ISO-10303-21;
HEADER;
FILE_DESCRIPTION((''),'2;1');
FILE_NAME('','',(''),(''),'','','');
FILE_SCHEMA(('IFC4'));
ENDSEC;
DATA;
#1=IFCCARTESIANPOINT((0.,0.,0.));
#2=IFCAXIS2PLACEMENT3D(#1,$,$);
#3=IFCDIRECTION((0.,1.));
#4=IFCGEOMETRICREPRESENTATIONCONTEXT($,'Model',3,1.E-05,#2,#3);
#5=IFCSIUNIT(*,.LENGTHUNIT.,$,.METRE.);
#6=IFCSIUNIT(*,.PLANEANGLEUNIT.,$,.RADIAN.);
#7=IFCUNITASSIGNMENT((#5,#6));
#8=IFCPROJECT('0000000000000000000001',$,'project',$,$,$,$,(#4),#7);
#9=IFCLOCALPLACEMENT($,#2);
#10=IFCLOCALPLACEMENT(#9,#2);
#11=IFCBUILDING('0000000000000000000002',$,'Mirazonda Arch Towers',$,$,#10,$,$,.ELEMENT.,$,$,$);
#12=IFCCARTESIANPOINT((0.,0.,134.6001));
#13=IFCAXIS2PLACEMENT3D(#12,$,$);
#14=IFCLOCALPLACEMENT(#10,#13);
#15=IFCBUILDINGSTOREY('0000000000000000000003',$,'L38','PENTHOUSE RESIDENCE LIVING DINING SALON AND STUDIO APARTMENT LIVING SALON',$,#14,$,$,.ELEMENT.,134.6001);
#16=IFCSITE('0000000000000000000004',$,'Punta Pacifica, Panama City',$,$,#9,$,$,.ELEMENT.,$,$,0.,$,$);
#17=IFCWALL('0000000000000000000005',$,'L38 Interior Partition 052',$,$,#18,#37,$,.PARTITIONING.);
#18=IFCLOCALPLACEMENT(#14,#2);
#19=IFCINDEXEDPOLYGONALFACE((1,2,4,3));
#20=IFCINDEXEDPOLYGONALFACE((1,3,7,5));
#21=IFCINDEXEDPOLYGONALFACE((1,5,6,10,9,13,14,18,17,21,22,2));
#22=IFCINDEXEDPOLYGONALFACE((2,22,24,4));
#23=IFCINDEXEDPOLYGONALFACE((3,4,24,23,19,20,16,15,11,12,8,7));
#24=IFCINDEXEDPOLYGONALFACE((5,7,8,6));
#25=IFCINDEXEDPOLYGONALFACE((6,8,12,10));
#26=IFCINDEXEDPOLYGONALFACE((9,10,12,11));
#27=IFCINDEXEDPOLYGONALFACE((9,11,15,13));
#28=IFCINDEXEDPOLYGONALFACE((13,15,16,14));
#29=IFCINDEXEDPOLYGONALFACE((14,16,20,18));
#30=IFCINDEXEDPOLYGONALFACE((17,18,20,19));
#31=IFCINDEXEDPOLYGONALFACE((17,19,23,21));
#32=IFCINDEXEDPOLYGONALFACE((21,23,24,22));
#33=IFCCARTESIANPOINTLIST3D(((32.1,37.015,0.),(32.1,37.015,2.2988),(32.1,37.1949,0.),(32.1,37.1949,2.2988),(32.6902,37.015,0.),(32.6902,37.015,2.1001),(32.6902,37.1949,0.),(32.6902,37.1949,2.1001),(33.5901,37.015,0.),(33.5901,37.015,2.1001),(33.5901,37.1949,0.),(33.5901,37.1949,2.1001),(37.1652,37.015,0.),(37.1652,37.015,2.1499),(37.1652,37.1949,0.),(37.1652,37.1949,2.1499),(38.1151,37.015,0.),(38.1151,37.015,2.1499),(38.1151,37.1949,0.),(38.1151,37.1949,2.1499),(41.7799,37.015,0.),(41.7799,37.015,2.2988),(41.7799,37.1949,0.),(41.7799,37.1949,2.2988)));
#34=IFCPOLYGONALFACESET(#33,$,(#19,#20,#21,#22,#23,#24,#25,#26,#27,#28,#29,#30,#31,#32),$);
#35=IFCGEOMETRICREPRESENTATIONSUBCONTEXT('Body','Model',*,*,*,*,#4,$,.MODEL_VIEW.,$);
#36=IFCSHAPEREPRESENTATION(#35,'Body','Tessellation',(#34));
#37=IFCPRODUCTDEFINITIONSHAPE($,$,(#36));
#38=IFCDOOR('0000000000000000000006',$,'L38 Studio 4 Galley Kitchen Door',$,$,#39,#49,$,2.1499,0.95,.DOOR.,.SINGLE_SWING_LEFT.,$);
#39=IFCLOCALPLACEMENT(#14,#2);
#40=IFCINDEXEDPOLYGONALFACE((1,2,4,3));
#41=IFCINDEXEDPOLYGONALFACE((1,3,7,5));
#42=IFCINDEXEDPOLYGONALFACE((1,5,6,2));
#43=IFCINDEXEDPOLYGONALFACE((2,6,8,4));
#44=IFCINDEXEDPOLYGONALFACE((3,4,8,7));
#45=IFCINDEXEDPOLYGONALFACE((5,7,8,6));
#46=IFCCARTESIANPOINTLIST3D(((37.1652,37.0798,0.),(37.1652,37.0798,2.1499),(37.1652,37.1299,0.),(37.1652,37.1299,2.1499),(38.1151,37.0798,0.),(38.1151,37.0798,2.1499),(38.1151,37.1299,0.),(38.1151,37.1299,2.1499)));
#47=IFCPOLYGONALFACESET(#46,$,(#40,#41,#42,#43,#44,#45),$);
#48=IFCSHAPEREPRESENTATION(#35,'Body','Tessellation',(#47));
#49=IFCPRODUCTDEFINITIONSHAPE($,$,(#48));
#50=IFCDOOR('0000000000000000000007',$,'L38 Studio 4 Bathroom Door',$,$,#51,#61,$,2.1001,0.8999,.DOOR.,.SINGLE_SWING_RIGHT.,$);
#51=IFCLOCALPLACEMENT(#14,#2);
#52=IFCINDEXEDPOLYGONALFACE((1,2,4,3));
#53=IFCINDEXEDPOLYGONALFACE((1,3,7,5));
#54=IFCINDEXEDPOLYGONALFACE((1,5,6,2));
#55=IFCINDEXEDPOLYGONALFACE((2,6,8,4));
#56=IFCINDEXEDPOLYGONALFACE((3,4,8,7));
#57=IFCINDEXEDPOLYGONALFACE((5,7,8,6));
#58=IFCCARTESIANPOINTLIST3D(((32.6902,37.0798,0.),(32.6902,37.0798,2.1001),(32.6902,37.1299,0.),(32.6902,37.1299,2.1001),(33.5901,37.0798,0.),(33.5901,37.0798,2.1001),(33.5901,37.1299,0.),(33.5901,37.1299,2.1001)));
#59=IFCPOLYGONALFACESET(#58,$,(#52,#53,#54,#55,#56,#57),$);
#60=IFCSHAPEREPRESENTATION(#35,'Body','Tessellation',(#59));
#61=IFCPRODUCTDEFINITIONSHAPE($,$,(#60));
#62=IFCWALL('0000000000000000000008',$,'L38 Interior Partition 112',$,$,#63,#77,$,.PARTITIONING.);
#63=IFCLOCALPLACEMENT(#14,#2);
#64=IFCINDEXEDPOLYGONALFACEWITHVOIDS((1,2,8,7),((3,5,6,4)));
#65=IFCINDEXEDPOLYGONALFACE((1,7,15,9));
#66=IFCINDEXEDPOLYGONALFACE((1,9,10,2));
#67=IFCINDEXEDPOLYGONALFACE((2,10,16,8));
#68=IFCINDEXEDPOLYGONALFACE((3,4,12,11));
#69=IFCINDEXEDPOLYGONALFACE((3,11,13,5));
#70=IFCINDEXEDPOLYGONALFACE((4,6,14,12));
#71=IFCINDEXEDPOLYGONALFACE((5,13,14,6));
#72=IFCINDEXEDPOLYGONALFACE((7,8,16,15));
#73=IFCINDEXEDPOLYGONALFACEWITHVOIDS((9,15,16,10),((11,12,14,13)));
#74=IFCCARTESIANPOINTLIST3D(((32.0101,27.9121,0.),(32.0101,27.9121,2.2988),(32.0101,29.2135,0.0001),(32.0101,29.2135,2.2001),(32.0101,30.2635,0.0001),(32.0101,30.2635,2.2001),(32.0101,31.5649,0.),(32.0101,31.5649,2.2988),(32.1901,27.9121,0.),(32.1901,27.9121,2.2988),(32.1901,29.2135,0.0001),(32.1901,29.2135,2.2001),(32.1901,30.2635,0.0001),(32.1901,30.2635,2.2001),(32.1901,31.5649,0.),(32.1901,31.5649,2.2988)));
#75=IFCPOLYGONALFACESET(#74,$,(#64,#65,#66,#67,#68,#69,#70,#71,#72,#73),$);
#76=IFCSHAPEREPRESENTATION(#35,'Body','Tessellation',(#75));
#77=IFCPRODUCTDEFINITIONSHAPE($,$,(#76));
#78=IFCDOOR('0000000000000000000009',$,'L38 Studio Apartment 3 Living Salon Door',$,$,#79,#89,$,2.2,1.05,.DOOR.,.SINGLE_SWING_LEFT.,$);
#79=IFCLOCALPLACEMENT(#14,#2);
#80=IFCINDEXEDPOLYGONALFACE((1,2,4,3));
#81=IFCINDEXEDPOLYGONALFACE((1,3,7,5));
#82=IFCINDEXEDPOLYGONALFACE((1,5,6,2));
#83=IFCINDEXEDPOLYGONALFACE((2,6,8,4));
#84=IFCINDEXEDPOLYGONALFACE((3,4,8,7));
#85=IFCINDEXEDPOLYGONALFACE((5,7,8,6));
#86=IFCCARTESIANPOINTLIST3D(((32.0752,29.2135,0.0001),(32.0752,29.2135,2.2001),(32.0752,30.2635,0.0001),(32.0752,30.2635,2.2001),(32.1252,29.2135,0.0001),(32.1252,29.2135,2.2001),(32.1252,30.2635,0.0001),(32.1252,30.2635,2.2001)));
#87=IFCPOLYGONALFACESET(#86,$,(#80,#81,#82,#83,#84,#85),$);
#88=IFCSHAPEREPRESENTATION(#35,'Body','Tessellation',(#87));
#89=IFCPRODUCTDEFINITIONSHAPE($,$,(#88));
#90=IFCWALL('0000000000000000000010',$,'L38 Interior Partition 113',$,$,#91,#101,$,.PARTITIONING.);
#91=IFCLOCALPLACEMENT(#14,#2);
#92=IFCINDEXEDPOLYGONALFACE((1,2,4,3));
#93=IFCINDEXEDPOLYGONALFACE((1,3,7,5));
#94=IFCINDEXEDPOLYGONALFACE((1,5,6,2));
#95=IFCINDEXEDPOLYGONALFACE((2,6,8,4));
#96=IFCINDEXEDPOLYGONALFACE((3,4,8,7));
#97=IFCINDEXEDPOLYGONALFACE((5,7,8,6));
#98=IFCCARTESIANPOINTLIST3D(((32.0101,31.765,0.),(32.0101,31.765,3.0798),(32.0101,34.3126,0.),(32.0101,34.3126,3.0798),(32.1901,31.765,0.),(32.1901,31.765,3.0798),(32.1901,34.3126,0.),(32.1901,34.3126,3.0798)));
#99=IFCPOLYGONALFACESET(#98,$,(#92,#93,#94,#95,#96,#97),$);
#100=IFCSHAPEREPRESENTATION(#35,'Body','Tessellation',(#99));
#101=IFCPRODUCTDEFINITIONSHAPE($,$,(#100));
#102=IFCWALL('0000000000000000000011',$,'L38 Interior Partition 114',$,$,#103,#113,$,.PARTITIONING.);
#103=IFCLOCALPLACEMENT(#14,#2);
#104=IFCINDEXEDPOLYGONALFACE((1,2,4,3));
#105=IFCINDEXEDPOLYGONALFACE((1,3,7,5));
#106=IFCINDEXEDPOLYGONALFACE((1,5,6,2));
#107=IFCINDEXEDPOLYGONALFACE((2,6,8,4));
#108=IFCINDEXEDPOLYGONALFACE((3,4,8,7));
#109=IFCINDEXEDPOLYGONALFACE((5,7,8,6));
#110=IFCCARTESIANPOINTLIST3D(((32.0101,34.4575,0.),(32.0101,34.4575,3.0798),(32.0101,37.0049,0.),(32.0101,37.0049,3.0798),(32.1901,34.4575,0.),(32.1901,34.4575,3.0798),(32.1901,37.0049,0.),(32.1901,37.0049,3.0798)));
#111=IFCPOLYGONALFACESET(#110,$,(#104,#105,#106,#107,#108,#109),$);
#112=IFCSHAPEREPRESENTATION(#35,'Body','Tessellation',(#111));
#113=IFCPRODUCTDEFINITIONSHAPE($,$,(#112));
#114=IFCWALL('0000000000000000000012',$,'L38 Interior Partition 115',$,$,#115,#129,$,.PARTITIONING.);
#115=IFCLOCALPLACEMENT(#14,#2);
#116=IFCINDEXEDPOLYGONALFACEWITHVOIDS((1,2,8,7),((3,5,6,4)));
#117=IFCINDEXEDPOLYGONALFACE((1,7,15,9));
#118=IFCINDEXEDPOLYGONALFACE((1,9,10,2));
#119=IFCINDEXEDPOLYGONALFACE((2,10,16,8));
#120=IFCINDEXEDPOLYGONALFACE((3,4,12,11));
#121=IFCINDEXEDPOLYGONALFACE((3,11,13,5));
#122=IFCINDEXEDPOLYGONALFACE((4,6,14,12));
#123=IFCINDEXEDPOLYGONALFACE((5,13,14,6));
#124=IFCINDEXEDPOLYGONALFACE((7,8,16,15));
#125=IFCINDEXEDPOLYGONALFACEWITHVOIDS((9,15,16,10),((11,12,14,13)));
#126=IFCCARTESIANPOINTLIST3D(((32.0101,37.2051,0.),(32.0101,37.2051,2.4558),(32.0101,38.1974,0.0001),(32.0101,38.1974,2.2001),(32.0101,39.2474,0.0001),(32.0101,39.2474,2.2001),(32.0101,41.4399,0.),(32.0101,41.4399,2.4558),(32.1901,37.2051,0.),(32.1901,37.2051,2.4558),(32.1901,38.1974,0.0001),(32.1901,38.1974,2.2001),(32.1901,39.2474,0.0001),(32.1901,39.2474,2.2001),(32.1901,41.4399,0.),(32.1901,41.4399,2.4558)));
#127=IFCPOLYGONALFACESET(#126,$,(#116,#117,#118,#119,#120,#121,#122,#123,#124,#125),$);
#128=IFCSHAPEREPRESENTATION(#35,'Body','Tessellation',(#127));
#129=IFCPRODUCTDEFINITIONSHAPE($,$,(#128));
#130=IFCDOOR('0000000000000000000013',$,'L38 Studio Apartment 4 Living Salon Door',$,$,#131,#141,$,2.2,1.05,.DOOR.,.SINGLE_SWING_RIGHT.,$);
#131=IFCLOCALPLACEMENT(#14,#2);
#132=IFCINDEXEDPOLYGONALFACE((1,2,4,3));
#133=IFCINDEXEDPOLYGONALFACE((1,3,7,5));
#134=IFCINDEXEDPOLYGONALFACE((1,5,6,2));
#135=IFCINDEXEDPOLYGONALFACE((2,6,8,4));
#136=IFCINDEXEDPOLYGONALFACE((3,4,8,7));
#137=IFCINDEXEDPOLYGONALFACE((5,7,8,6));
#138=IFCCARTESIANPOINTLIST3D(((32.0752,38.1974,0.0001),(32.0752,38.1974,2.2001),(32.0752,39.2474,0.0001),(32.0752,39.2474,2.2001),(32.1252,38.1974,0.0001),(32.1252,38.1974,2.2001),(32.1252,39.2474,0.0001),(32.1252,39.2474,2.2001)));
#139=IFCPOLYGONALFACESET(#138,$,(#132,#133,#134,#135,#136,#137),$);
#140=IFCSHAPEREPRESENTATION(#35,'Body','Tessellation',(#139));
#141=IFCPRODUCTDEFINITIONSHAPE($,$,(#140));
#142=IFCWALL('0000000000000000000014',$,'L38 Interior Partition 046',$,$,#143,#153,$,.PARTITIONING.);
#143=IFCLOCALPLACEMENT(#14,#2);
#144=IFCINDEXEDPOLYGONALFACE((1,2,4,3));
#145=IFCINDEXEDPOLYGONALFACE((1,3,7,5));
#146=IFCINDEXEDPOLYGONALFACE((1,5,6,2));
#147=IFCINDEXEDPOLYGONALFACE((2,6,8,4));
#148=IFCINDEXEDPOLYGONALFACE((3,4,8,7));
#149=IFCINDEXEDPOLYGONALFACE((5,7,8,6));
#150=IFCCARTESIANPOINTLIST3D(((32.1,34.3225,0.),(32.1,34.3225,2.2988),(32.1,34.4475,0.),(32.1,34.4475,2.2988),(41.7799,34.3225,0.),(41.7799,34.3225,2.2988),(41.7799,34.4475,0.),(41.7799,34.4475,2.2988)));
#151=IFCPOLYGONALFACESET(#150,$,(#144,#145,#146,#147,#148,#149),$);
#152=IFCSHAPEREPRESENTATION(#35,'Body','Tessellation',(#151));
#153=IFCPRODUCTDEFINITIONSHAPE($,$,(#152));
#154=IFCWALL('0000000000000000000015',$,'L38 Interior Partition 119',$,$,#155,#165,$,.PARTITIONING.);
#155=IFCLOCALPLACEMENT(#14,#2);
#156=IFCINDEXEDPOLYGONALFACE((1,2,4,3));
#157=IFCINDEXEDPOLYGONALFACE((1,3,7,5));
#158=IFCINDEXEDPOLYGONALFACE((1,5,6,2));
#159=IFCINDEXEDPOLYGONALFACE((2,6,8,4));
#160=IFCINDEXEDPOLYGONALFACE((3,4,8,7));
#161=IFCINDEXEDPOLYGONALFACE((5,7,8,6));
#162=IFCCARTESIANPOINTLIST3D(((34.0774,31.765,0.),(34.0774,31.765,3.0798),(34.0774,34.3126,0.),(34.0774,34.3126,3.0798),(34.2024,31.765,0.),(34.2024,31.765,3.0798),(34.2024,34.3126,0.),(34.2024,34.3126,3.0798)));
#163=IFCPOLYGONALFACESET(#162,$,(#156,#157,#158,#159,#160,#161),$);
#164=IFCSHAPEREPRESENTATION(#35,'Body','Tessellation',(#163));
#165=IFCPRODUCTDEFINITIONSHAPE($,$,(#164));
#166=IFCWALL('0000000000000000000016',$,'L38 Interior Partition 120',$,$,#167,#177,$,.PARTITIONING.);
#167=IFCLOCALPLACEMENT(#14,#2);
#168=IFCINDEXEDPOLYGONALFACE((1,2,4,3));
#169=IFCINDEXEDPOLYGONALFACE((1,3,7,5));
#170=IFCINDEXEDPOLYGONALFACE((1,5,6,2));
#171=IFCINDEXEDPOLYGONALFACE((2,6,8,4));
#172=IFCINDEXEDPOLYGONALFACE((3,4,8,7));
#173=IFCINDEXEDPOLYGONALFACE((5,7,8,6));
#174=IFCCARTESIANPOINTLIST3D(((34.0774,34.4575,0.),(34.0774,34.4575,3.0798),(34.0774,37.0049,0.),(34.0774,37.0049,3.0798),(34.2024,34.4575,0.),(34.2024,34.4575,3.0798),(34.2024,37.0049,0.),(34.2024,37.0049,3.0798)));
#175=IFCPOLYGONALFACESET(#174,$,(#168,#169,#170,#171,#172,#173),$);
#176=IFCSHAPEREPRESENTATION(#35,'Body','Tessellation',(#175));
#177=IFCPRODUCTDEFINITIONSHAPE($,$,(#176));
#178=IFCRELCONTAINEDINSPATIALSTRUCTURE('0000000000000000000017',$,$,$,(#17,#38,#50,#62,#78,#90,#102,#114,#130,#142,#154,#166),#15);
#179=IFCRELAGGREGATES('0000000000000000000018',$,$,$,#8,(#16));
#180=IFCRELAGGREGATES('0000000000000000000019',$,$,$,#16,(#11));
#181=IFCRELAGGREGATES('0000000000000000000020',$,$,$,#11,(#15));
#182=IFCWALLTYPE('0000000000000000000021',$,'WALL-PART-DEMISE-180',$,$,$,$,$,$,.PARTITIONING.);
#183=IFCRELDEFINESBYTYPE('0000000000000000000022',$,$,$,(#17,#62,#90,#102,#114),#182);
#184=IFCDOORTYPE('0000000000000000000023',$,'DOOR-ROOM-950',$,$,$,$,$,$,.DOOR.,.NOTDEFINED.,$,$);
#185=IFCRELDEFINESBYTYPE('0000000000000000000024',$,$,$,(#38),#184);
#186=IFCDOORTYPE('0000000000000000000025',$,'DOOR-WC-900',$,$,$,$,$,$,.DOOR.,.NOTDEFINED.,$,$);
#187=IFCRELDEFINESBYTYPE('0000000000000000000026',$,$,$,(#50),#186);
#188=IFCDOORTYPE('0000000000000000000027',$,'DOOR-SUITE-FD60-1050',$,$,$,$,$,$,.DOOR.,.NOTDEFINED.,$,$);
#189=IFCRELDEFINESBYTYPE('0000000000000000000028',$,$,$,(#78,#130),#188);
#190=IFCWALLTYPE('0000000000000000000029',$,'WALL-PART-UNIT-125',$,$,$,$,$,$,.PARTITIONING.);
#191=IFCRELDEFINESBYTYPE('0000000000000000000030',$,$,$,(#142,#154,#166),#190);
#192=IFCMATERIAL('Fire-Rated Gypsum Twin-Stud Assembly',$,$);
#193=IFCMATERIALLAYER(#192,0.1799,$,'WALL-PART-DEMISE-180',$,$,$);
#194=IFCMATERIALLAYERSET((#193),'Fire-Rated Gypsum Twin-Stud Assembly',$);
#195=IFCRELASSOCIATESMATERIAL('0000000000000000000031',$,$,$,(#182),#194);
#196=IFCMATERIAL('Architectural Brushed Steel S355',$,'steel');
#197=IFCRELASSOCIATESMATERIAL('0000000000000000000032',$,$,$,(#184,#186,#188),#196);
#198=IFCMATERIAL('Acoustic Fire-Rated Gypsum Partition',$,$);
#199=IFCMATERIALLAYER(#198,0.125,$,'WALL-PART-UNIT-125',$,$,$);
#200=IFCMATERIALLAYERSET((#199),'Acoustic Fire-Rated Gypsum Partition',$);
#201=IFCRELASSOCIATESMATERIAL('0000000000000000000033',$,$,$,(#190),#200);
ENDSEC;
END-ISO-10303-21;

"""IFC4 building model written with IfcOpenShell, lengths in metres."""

from ifc_helpers import new_model, si_unit, direction, frame, frame_2d, origin, place, context, subcontext, project, spatial, rectangle, extrude, material, layer, layer_set, type_object, element, fill, save


model = new_model("IFC4")

# Units and contexts
model_context = context("Model", 3, precision=1e-05, world=origin(), true_north=direction((0.0, 1.0)))
body_context = subcontext(model_context, "Body", "Model", "MODEL_VIEW")
ifc_project = project(units=[si_unit("LENGTHUNIT", "METRE"), si_unit("PLANEANGLEUNIT", "RADIAN")], contexts=[model_context])

# Site, building, storey
site_placement = place(None, origin())
site = spatial("IfcSite", under=ifc_project, at=site_placement, Name="Punta Pacifica, Panama City", CompositionType="ELEMENT", RefElevation=0.0)
building_placement = place(site_placement, origin())
building = spatial("IfcBuilding", under=site, at=building_placement, Name="Mirazonda Arch Towers", CompositionType="ELEMENT")
storey_placement = place(building_placement, frame((0.0, 0.0, 134.6001)))
storey = spatial("IfcBuildingStorey", under=building, at=storey_placement, Name="L38", Description="PENTHOUSE RESIDENCE LIVING DINING SALON AND STUDIO APARTMENT LIVING SALON", CompositionType="ELEMENT", Elevation=134.6001)

# Shared definitions
ifc_material_1 = material(Name="Fire-Rated Gypsum Twin-Stud Assembly")
ifc_layer_1 = layer(ifc_material_1, 0.1799, Name="WALL-PART-DEMISE-180")
ifc_layer_set_1 = layer_set([ifc_layer_1], Name="Fire-Rated Gypsum Twin-Stud Assembly")
wall_type_1 = type_object("IfcWallType", Name="WALL-PART-DEMISE-180", PredefinedType="PARTITIONING", material=ifc_layer_set_1)

# Wall, openings, doors
ifc_material_2 = material(Name="Architectural Brushed Steel S355", Category="steel")
door_type_1 = type_object("IfcDoorType", Name="DOOR-ROOM-950", OperationType="NOTDEFINED", PredefinedType="DOOR", material=ifc_material_2)
door_type_2 = type_object("IfcDoorType", Name="DOOR-WC-900", OperationType="NOTDEFINED", PredefinedType="DOOR", material=ifc_material_2)
wall_1_placement = place(storey_placement, frame((32.1001, 37.105, 0.0), z_axis=(0.0, 0.0, 1.0), x_axis=(1.0, 0.0, 0.0)))
wall_1 = element("IfcWall", 1, at=wall_1_placement, inside=storey, type_object=wall_type_1, Name="L38 Interior Partition 052", PredefinedType="PARTITIONING", context=body_context, shape_type="SweptSolid", body=[
    extrude(rectangle(XDim=9.6799, YDim=0.1799, at=frame_2d((4.8398, 0.0))), origin(), (0.0, 0.0, 1.0), 2.2988),
])
opening_1_placement = place(wall_1_placement, frame((5.0649, 0.0, 0.0)))
opening_1 = element("IfcOpeningElement", 2, at=opening_1_placement, cuts=wall_1, PredefinedType="OPENING", context=body_context, shape_type="SweptSolid", body=[
    extrude(rectangle(XDim=0.95, YDim=2.1499, at=frame_2d((0.4751, 1.075))), frame((0.0, 0.0999, 0.0), z_axis=(0.0, -1.0, 0.0), x_axis=(1.0, 0.0, 0.0)), (0.0, 0.0, 1.0), 0.2),
])
opening_2_placement = place(wall_1_placement, frame((0.5901, 0.0, 0.0)))
opening_2 = element("IfcOpeningElement", 3, at=opening_2_placement, cuts=wall_1, PredefinedType="OPENING", context=body_context, shape_type="SweptSolid", body=[
    extrude(rectangle(XDim=0.8999, YDim=2.1001, at=frame_2d((0.45, 1.05))), frame((0.0, 0.0999, 0.0), z_axis=(0.0, -1.0, 0.0), x_axis=(1.0, 0.0, 0.0)), (0.0, 0.0, 1.0), 0.2),
])
door_1_placement = place(opening_1_placement, origin())
door_1 = element("IfcDoor", 4, at=door_1_placement, inside=storey, type_object=door_type_1, Name="L38 Studio 4 Galley Kitchen Door", OperationType="SINGLE_SWING_LEFT", OverallHeight=2.1499, OverallWidth=0.95, PredefinedType="DOOR", context=body_context, shape_type="SweptSolid", body=[
    extrude(rectangle(XDim=0.95, YDim=2.1499, at=frame_2d((0.4751, 1.075))), frame((0.0, 0.0249, 0.0), z_axis=(0.0, -1.0, 0.0), x_axis=(1.0, 0.0, 0.0)), (0.0, 0.0, 1.0), 0.05),
])
fill(opening_1, door_1)
door_2_placement = place(opening_2_placement, origin())
door_2 = element("IfcDoor", 5, at=door_2_placement, inside=storey, type_object=door_type_2, Name="L38 Studio 4 Bathroom Door", OperationType="SINGLE_SWING_RIGHT", OverallHeight=2.1001, OverallWidth=0.8999, PredefinedType="DOOR", context=body_context, shape_type="SweptSolid", body=[
    extrude(rectangle(XDim=0.8999, YDim=2.1001, at=frame_2d((0.45, 1.05))), frame((0.0, 0.0249, 0.0), z_axis=(0.0, -1.0, 0.0), x_axis=(1.0, 0.0, 0.0)), (0.0, 0.0, 1.0), 0.05),
])
fill(opening_2, door_2)

# Wall, opening, door
wall_2_placement = place(storey_placement, frame((32.1001, 27.9121, 0.0), z_axis=(0.0, 0.0, 1.0), x_axis=(0.0, 1.0, 0.0)))
wall_2 = element("IfcWall", 6, at=wall_2_placement, inside=storey, type_object=wall_type_1, Name="L38 Interior Partition 112", PredefinedType="PARTITIONING", context=body_context, shape_type="SweptSolid", body=[
    extrude(rectangle(XDim=3.6528, YDim=0.1799, at=frame_2d((1.8264, 0.0))), origin(), (0.0, 0.0, 1.0), 2.2988),
])
opening_3_placement = place(wall_2_placement, frame((1.3015, 0.0, 0.0)))
opening_3 = element("IfcOpeningElement", 7, at=opening_3_placement, cuts=wall_2, PredefinedType="OPENING", context=body_context, shape_type="SweptSolid", body=[
    extrude(rectangle(XDim=1.05, YDim=2.2, at=frame_2d((0.5249, 1.1001))), frame((0.0, 0.0999, 0.0), z_axis=(0.0, -1.0, 0.0), x_axis=(1.0, 0.0, 0.0)), (0.0, 0.0, 1.0), 0.2),
])
door_type_3 = type_object("IfcDoorType", Name="DOOR-SUITE-FD60-1050", OperationType="NOTDEFINED", PredefinedType="DOOR", material=ifc_material_2)
door_3_placement = place(opening_3_placement, origin())
door_3 = element("IfcDoor", 8, at=door_3_placement, inside=storey, type_object=door_type_3, Name="L38 Studio Apartment 3 Living Salon Door", OperationType="SINGLE_SWING_LEFT", OverallHeight=2.2, OverallWidth=1.05, PredefinedType="DOOR", context=body_context, shape_type="SweptSolid", body=[
    extrude(rectangle(XDim=1.05, YDim=2.2, at=frame_2d((0.5249, 1.1001))), frame((0.0, 0.0249, 0.0), z_axis=(0.0, -1.0, 0.0), x_axis=(1.0, 0.0, 0.0)), (0.0, 0.0, 1.0), 0.05),
])
fill(opening_3, door_3)

# Walls
wall_3_placement = place(storey_placement, frame((32.1001, 31.7649, 0.0), z_axis=(0.0, 0.0, 1.0), x_axis=(0.0, 1.0, 0.0)))
element("IfcWall", 9, at=wall_3_placement, inside=storey, type_object=wall_type_1, Name="L38 Interior Partition 113", PredefinedType="PARTITIONING", context=body_context, shape_type="SweptSolid", body=[
    extrude(rectangle(XDim=2.5476, YDim=0.1799, at=frame_2d((1.2739, 0.0))), origin(), (0.0, 0.0, 1.0), 3.0798),
])
wall_4_placement = place(storey_placement, frame((32.1001, 34.4575, 0.0), z_axis=(0.0, 0.0, 1.0), x_axis=(0.0, 1.0, 0.0)))
element("IfcWall", 10, at=wall_4_placement, inside=storey, type_object=wall_type_1, Name="L38 Interior Partition 114", PredefinedType="PARTITIONING", context=body_context, shape_type="SweptSolid", body=[
    extrude(rectangle(XDim=2.5474, YDim=0.1799, at=frame_2d((1.2737, 0.0))), origin(), (0.0, 0.0, 1.0), 3.0798),
])

# Wall, opening, door
wall_5_placement = place(storey_placement, frame((32.1001, 37.2051, 0.0), z_axis=(0.0, 0.0, 1.0), x_axis=(0.0, 1.0, 0.0)))
wall_5 = element("IfcWall", 11, at=wall_5_placement, inside=storey, type_object=wall_type_1, Name="L38 Interior Partition 115", PredefinedType="PARTITIONING", context=body_context, shape_type="SweptSolid", body=[
    extrude(rectangle(XDim=4.2349, YDim=0.1799, at=frame_2d((2.1174, 0.0))), origin(), (0.0, 0.0, 1.0), 2.4558),
])
opening_4_placement = place(wall_5_placement, frame((0.9924, 0.0, 0.0)))
opening_4 = element("IfcOpeningElement", 12, at=opening_4_placement, cuts=wall_5, PredefinedType="OPENING", context=body_context, shape_type="SweptSolid", body=[
    extrude(rectangle(XDim=1.05, YDim=2.2, at=frame_2d((0.5249, 1.1001))), frame((0.0, 0.0999, 0.0), z_axis=(0.0, -1.0, 0.0), x_axis=(1.0, 0.0, 0.0)), (0.0, 0.0, 1.0), 0.2),
])
door_4_placement = place(opening_4_placement, origin())
door_4 = element("IfcDoor", 13, at=door_4_placement, inside=storey, type_object=door_type_3, Name="L38 Studio Apartment 4 Living Salon Door", OperationType="SINGLE_SWING_RIGHT", OverallHeight=2.2, OverallWidth=1.05, PredefinedType="DOOR", context=body_context, shape_type="SweptSolid", body=[
    extrude(rectangle(XDim=1.05, YDim=2.2, at=frame_2d((0.5249, 1.1001))), frame((0.0, 0.0249, 0.0), z_axis=(0.0, -1.0, 0.0), x_axis=(1.0, 0.0, 0.0)), (0.0, 0.0, 1.0), 0.05),
])
fill(opening_4, door_4)

# Walls
ifc_material_3 = material(Name="Acoustic Fire-Rated Gypsum Partition")
ifc_layer_2 = layer(ifc_material_3, 0.125, Name="WALL-PART-UNIT-125")
ifc_layer_set_2 = layer_set([ifc_layer_2], Name="Acoustic Fire-Rated Gypsum Partition")
wall_type_2 = type_object("IfcWallType", Name="WALL-PART-UNIT-125", PredefinedType="PARTITIONING", material=ifc_layer_set_2)
wall_6_placement = place(storey_placement, frame((32.1001, 34.385, 0.0), z_axis=(0.0, 0.0, 1.0), x_axis=(1.0, 0.0, 0.0)))
element("IfcWall", 14, at=wall_6_placement, inside=storey, type_object=wall_type_2, Name="L38 Interior Partition 046", PredefinedType="PARTITIONING", context=body_context, shape_type="SweptSolid", body=[
    extrude(rectangle(XDim=9.6799, YDim=0.125, at=frame_2d((4.8398, 0.0))), origin(), (0.0, 0.0, 1.0), 2.2988),
])
wall_7_placement = place(storey_placement, frame((34.1399, 31.7649, 0.0), z_axis=(0.0, 0.0, 1.0), x_axis=(0.0, 1.0, 0.0)))
element("IfcWall", 15, at=wall_7_placement, inside=storey, type_object=wall_type_2, Name="L38 Interior Partition 119", PredefinedType="PARTITIONING", context=body_context, shape_type="SweptSolid", body=[
    extrude(rectangle(XDim=2.5476, YDim=0.125, at=frame_2d((1.2739, 0.0))), origin(), (0.0, 0.0, 1.0), 3.0798),
])
wall_8_placement = place(storey_placement, frame((34.1399, 34.4575, 0.0), z_axis=(0.0, 0.0, 1.0), x_axis=(0.0, 1.0, 0.0)))
element("IfcWall", 16, at=wall_8_placement, inside=storey, type_object=wall_type_2, Name="L38 Interior Partition 120", PredefinedType="PARTITIONING", context=body_context, shape_type="SweptSolid", body=[
    extrude(rectangle(XDim=2.5474, YDim=0.125, at=frame_2d((1.2737, 0.0))), origin(), (0.0, 0.0, 1.0), 3.0798),
])

save(model, "model.ifc")
